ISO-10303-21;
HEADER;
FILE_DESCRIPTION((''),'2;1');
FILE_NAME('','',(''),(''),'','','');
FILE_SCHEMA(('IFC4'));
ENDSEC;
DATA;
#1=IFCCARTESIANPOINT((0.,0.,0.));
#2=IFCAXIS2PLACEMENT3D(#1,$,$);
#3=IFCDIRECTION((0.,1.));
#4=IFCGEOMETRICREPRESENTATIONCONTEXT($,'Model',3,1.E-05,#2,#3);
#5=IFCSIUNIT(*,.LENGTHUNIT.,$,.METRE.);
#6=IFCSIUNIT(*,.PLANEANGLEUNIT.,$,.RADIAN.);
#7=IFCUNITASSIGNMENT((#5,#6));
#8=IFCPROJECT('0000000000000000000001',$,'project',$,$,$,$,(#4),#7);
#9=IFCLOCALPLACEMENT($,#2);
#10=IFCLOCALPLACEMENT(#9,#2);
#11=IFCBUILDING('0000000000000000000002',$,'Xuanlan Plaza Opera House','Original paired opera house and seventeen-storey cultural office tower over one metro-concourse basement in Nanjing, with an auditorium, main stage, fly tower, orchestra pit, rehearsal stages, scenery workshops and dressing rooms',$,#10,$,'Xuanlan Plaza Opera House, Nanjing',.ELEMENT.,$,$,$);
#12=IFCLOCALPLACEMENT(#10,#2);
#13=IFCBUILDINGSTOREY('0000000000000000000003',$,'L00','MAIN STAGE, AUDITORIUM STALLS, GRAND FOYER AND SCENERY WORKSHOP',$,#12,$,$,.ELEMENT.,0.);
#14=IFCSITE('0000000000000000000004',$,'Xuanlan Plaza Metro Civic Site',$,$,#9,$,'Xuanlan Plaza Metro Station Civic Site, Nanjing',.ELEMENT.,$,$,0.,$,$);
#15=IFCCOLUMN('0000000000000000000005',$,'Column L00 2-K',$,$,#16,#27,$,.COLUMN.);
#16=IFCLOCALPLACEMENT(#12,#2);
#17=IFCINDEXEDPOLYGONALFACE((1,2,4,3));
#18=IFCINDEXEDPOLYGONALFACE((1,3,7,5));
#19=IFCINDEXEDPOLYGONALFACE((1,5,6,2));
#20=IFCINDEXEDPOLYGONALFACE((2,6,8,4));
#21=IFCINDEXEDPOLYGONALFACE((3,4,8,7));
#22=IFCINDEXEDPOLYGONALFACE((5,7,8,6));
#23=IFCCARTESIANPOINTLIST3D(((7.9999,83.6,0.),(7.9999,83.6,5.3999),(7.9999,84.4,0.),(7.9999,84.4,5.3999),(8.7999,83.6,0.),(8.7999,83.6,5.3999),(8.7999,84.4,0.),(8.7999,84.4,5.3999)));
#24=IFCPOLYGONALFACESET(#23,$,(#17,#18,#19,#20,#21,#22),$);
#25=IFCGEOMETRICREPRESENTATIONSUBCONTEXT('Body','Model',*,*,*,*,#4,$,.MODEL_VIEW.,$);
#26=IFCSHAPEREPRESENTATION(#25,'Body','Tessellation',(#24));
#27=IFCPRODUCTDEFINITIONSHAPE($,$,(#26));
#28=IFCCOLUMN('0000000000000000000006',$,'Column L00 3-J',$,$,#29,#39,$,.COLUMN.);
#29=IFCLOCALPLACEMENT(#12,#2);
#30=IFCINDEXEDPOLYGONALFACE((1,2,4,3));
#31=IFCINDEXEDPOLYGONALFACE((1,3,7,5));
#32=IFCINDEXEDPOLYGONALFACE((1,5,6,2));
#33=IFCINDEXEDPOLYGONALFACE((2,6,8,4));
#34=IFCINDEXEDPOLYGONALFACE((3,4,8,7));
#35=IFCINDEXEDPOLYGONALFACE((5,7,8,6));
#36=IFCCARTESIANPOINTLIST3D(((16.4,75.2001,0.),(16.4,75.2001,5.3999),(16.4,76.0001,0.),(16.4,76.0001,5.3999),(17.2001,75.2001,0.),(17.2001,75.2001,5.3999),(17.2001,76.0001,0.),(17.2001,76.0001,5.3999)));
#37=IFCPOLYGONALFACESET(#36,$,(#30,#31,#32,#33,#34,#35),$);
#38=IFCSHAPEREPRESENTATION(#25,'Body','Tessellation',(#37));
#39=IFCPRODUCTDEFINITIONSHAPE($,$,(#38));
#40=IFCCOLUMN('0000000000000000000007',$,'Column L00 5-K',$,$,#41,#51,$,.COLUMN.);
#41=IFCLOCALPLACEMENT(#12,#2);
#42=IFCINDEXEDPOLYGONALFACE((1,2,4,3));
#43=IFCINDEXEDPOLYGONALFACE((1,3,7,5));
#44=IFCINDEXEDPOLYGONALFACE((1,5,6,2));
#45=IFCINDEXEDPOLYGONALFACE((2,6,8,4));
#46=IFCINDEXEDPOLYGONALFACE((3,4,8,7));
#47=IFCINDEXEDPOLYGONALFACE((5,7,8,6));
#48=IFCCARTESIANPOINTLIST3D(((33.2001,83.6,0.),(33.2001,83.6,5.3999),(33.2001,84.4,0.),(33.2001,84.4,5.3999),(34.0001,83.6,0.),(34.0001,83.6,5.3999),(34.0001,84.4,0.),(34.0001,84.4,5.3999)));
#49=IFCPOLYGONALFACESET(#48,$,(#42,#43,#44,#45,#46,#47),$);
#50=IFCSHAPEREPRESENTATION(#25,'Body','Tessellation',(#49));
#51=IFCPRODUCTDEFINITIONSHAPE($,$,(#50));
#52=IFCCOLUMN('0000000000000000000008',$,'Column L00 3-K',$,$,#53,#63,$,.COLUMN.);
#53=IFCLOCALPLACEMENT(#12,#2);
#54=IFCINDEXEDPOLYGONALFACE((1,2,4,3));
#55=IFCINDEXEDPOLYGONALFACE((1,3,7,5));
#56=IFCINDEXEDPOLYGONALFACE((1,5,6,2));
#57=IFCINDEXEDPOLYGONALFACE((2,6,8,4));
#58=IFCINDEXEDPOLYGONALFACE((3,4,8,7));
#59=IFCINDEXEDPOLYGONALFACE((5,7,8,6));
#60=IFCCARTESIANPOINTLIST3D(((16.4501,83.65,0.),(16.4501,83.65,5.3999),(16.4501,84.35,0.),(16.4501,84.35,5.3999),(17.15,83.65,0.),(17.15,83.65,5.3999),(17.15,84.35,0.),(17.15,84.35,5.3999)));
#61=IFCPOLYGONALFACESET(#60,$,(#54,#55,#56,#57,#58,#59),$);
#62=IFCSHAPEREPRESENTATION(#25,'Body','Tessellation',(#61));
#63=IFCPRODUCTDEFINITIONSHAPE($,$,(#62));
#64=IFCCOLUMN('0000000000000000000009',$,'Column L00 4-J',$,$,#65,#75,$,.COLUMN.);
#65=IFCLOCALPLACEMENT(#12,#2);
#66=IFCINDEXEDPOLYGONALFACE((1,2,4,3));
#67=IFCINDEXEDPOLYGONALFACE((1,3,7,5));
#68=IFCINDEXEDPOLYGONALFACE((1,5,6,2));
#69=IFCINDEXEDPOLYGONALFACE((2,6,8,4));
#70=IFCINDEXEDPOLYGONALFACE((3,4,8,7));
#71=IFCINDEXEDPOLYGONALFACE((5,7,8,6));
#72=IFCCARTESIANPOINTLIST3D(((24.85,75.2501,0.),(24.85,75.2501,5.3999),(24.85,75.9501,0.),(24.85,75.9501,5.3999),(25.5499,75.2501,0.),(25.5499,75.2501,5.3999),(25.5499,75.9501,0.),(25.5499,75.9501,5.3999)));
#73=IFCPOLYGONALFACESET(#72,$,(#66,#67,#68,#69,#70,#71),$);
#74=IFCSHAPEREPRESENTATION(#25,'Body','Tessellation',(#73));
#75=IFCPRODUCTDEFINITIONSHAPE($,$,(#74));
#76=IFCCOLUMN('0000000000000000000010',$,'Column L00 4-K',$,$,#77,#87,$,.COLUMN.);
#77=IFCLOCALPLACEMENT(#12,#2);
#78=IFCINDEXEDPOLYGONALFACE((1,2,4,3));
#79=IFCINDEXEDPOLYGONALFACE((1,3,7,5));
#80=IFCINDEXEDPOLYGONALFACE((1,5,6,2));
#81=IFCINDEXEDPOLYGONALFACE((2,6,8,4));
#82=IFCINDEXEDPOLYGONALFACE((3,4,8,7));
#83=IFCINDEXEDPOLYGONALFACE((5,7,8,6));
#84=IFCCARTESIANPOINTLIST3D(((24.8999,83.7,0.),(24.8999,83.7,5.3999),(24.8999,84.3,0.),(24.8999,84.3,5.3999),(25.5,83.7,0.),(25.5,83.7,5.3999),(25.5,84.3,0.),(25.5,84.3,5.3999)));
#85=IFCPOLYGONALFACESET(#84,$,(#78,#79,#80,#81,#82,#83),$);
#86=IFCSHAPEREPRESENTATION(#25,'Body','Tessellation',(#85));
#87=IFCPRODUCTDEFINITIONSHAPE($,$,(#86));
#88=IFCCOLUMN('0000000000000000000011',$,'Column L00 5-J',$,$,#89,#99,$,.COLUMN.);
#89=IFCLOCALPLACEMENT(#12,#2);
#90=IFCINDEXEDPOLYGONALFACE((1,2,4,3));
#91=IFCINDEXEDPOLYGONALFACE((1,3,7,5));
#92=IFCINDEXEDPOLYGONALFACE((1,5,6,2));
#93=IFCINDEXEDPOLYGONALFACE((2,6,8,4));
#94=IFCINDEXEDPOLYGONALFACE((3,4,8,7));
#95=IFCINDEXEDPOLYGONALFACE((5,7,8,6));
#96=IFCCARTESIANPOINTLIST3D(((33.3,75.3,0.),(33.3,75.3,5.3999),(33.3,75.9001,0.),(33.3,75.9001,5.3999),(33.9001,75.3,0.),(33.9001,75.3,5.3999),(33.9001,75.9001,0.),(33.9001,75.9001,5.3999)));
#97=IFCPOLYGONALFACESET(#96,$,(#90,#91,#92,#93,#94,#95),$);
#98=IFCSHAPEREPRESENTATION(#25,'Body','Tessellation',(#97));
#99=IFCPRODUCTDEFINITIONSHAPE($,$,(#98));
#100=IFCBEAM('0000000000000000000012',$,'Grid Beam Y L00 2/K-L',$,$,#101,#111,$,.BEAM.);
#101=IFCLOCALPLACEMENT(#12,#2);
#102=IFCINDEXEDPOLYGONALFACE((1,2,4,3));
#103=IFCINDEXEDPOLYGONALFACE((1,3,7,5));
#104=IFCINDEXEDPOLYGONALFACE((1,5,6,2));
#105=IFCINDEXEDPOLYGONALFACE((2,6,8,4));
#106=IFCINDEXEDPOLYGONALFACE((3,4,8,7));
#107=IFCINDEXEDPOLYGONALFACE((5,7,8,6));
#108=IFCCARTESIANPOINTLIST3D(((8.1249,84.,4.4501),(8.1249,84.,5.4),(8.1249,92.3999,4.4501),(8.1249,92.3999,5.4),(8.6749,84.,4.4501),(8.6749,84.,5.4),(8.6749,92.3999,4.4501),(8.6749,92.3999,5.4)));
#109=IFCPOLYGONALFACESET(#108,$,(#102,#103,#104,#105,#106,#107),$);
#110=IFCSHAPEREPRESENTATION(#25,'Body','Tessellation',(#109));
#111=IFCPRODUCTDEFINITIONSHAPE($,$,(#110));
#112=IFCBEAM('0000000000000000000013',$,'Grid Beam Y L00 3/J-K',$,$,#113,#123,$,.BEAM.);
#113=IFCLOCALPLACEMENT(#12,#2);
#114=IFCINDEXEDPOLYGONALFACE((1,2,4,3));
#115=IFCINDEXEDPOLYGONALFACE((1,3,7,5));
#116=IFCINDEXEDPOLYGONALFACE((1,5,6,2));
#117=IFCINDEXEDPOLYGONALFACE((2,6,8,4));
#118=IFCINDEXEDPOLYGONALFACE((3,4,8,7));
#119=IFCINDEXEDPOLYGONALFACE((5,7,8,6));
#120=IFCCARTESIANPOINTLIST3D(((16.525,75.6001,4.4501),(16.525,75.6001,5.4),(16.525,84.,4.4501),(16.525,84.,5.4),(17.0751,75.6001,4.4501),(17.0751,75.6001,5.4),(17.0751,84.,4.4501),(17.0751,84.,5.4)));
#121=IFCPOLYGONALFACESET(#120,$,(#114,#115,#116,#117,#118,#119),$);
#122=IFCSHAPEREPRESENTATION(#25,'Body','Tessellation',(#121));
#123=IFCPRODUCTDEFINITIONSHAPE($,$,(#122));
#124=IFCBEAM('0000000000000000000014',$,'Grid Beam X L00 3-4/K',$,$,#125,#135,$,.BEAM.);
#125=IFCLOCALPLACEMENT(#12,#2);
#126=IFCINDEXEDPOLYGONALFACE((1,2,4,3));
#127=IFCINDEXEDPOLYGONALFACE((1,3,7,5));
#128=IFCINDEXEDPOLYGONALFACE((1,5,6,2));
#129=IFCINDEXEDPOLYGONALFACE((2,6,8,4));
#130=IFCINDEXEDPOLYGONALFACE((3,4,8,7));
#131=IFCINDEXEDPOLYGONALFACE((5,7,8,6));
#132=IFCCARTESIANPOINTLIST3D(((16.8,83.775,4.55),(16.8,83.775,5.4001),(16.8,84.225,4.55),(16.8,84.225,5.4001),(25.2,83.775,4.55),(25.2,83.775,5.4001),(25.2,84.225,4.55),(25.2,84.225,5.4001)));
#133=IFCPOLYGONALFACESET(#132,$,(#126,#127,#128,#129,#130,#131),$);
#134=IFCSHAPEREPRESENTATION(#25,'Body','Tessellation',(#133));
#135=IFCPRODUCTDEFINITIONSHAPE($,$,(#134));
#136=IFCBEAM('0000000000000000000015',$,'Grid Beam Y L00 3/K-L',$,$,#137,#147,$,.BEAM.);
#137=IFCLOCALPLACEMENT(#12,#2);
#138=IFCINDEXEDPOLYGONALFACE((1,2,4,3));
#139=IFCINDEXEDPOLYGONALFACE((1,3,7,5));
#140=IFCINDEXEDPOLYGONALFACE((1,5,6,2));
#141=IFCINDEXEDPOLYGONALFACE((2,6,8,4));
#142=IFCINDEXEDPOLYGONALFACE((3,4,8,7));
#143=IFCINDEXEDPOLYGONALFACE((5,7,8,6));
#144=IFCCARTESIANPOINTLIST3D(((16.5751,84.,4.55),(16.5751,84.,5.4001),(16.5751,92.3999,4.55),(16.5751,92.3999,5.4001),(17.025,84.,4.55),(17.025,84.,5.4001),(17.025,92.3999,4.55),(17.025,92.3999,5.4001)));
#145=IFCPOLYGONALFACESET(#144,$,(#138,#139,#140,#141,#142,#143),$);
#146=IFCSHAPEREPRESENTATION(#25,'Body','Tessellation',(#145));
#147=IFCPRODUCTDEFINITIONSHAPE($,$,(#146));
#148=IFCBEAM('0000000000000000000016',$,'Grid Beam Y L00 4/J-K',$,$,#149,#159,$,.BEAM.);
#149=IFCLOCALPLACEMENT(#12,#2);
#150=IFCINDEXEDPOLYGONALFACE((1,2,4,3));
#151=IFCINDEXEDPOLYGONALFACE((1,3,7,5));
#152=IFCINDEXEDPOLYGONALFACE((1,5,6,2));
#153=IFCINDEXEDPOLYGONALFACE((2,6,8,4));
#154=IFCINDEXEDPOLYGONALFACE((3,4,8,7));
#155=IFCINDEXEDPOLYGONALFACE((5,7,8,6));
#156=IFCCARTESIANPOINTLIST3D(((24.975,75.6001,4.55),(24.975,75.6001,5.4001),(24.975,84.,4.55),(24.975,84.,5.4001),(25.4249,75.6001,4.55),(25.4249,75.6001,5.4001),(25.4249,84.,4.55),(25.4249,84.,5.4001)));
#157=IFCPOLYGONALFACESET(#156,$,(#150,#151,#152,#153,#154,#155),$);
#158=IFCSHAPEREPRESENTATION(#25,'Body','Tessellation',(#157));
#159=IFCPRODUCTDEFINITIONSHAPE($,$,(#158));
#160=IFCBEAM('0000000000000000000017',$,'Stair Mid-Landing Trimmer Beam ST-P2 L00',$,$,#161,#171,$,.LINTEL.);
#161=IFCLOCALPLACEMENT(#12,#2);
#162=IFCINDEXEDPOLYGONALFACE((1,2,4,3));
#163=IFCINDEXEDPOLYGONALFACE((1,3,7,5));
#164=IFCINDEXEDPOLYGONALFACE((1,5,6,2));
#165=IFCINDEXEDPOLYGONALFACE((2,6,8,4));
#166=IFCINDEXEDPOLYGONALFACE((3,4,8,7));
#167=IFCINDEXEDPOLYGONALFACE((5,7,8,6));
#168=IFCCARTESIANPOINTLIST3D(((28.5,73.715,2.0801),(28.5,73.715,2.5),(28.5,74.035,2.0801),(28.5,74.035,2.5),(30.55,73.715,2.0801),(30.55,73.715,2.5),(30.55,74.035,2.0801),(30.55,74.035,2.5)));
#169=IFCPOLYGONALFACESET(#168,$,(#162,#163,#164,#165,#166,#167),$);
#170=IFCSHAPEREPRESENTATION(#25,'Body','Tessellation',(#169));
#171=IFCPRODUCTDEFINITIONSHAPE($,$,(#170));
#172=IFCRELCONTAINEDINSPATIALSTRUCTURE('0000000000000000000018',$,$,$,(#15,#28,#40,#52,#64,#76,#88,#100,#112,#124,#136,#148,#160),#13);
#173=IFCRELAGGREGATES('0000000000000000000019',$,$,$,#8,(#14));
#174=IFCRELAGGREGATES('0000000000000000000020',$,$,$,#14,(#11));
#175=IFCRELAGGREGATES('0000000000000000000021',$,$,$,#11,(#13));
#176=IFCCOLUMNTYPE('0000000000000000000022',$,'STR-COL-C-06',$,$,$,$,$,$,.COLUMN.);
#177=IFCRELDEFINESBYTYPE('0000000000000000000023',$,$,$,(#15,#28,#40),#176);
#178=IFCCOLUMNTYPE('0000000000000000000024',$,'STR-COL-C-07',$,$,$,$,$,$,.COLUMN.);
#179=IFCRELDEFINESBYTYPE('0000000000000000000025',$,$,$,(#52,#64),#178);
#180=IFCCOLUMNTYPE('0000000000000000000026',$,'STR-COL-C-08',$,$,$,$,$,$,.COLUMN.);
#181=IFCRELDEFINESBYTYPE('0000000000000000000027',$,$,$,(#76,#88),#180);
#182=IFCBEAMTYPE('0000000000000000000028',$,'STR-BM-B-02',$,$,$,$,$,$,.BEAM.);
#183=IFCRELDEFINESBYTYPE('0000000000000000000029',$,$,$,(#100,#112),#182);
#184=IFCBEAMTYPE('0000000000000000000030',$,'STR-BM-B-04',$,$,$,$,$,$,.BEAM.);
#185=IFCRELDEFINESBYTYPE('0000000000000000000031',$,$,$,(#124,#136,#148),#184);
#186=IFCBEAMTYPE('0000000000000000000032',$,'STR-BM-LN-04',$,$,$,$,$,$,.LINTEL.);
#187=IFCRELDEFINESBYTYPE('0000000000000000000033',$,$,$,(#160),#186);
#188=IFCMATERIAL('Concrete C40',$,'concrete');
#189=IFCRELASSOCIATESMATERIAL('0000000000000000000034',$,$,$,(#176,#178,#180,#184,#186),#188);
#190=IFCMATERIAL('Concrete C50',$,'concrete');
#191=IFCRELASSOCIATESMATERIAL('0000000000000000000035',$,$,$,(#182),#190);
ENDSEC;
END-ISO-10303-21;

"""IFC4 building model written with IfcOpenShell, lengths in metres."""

from ifc_helpers import new_model, si_unit, direction, frame, origin, origin_2d, place, context, subcontext, project, spatial, rectangle, extrude, material, material_profile, profile_set, type_object, element, save


model = new_model("IFC4")

# Units and contexts
model_context = context("Model", 3, precision=1e-05, world=origin(), true_north=direction((0.0, 1.0)))
body_context = subcontext(model_context, "Body", "Model", "MODEL_VIEW")
ifc_project = project(units=[si_unit("LENGTHUNIT", "METRE"), si_unit("PLANEANGLEUNIT", "RADIAN")], contexts=[model_context])

# Site, building, storey
site_placement = place(None, origin())
site = spatial("IfcSite", under=ifc_project, at=site_placement, Name="Xuanlan Plaza Metro Civic Site", LongName="Xuanlan Plaza Metro Station Civic Site, Nanjing", CompositionType="ELEMENT", RefElevation=0.0)
building_placement = place(site_placement, origin())
building = spatial("IfcBuilding", under=site, at=building_placement, Name="Xuanlan Plaza Opera House", Description="Original paired opera house and seventeen-storey cultural office tower over one metro-concourse basement in Nanjing, with an auditorium, main stage, fly tower, orchestra pit, rehearsal stages, scenery workshops and dressing rooms", LongName="Xuanlan Plaza Opera House, Nanjing", CompositionType="ELEMENT")
storey_placement = place(building_placement, origin())
storey = spatial("IfcBuildingStorey", under=building, at=storey_placement, Name="L00", Description="MAIN STAGE, AUDITORIUM STALLS, GRAND FOYER AND SCENERY WORKSHOP", CompositionType="ELEMENT", Elevation=0.0)

# Columns
ifc_material_1 = material(Name="Concrete C40", Category="concrete")
ifc_material_profile_1 = material_profile(ifc_material_1, rectangle(XDim=0.8, YDim=0.8, at=origin_2d()), Name="RC-COL 800x800")
ifc_profile_set_1 = profile_set([ifc_material_profile_1], Name="Concrete C40")
column_type_1 = type_object("IfcColumnType", Name="STR-COL-C-06", PredefinedType="COLUMN", material=ifc_profile_set_1)
for number, where, z_axis, x_axis, name in (
    (1, (8.3999, 84.0, 0.0), (0.0, 0.0, 1.0), (1.0, 0.0, 0.0), "Column L00 2-K"),
    (2, (16.8, 75.6001, 0.0), (0.0, 0.0, 1.0), (1.0, 0.0, 0.0), "Column L00 3-J"),
    (3, (33.6001, 84.0, 0.0), (0.0, 0.0, 1.0), (1.0, 0.0, 0.0), "Column L00 5-K"),
):
    element("IfcColumn", number, at=place(storey_placement, frame(where, z_axis=z_axis, x_axis=x_axis)), inside=storey, type_object=column_type_1, Name=name, PredefinedType="COLUMN", context=body_context, shape_type="SweptSolid", body=[
        extrude(rectangle(XDim=0.8, YDim=0.8, at=origin_2d()), origin(), (0.0, 0.0, 1.0), 5.3999),
    ])
ifc_material_profile_2 = material_profile(ifc_material_1, rectangle(XDim=0.7, YDim=0.7, at=origin_2d()), Name="RC-COL 700x700")
ifc_profile_set_2 = profile_set([ifc_material_profile_2], Name="Concrete C40")
column_type_2 = type_object("IfcColumnType", Name="STR-COL-C-07", PredefinedType="COLUMN", material=ifc_profile_set_2)
for number, where, z_axis, x_axis, name in (
    (4, (16.8, 84.0, 0.0), (0.0, 0.0, 1.0), (1.0, 0.0, 0.0), "Column L00 3-K"),
    (5, (25.2, 75.6001, 0.0), (0.0, 0.0, 1.0), (1.0, 0.0, 0.0), "Column L00 4-J"),
):
    element("IfcColumn", number, at=place(storey_placement, frame(where, z_axis=z_axis, x_axis=x_axis)), inside=storey, type_object=column_type_2, Name=name, PredefinedType="COLUMN", context=body_context, shape_type="SweptSolid", body=[
        extrude(rectangle(XDim=0.7, YDim=0.7, at=origin_2d()), origin(), (0.0, 0.0, 1.0), 5.3999),
    ])
ifc_material_profile_3 = material_profile(ifc_material_1, rectangle(XDim=0.6001, YDim=0.6001, at=origin_2d()), Name="RC-COL 600x600")
ifc_profile_set_3 = profile_set([ifc_material_profile_3], Name="Concrete C40")
column_type_3 = type_object("IfcColumnType", Name="STR-COL-C-08", PredefinedType="COLUMN", material=ifc_profile_set_3)
for number, where, z_axis, x_axis, name in (
    (6, (25.2, 84.0, 0.0), (0.0, 0.0, 1.0), (1.0, 0.0, 0.0), "Column L00 4-K"),
    (7, (33.6001, 75.6001, 0.0), (0.0, 0.0, 1.0), (1.0, 0.0, 0.0), "Column L00 5-J"),
):
    element("IfcColumn", number, at=place(storey_placement, frame(where, z_axis=z_axis, x_axis=x_axis)), inside=storey, type_object=column_type_3, Name=name, PredefinedType="COLUMN", context=body_context, shape_type="SweptSolid", body=[
        extrude(rectangle(XDim=0.6001, YDim=0.6001, at=origin_2d()), origin(), (0.0, 0.0, 1.0), 5.3999),
    ])

# Beams
ifc_material_2 = material(Name="Concrete C50", Category="concrete")
ifc_material_profile_4 = material_profile(ifc_material_2, rectangle(XDim=0.55, YDim=0.95, at=origin_2d()), Name="RC-BM 550x950")
ifc_profile_set_4 = profile_set([ifc_material_profile_4], Name="Concrete C50")
beam_type_1 = type_object("IfcBeamType", Name="STR-BM-B-02", PredefinedType="BEAM", material=ifc_profile_set_4)
for number, where, z_axis, x_axis, name in (
    (8, (8.3999, 84.0, 4.925), (0.0, 1.0, 0.0), (-1.0, 0.0, 0.0), "Grid Beam Y L00 2/K-L"),
    (9, (16.8, 75.6001, 4.925), (0.0, 1.0, 0.0), (-1.0, 0.0, 0.0), "Grid Beam Y L00 3/J-K"),
):
    element("IfcBeam", number, at=place(storey_placement, frame(where, z_axis=z_axis, x_axis=x_axis)), inside=storey, type_object=beam_type_1, Name=name, PredefinedType="BEAM", context=body_context, shape_type="SweptSolid", body=[
        extrude(rectangle(XDim=0.55, YDim=0.95, at=origin_2d()), origin(), (0.0, 0.0, 1.0), 8.3999),
    ])
ifc_material_profile_5 = material_profile(ifc_material_1, rectangle(XDim=0.45, YDim=0.8501, at=origin_2d()), Name="RC-BM 450x850")
ifc_profile_set_5 = profile_set([ifc_material_profile_5], Name="Concrete C40")
beam_type_2 = type_object("IfcBeamType", Name="STR-BM-B-04", PredefinedType="BEAM", material=ifc_profile_set_5)
for number, where, z_axis, x_axis, name in (
    (10, (16.8, 84.0, 4.9751), (1.0, 0.0, 0.0), (0.0, 1.0, 0.0), "Grid Beam X L00 3-4/K"),
    (11, (16.8, 84.0, 4.9751), (0.0, 1.0, 0.0), (-1.0, 0.0, 0.0), "Grid Beam Y L00 3/K-L"),
    (12, (25.2, 75.6001, 4.9751), (0.0, 1.0, 0.0), (-1.0, 0.0, 0.0), "Grid Beam Y L00 4/J-K"),
):
    element("IfcBeam", number, at=place(storey_placement, frame(where, z_axis=z_axis, x_axis=x_axis)), inside=storey, type_object=beam_type_2, Name=name, PredefinedType="BEAM", context=body_context, shape_type="SweptSolid", body=[
        extrude(rectangle(XDim=0.45, YDim=0.8501, at=origin_2d()), origin(), (0.0, 0.0, 1.0), 8.3999),
    ])
ifc_material_profile_6 = material_profile(ifc_material_1, rectangle(XDim=0.3201, YDim=0.4199, at=origin_2d()), Name="RC-LNT 320x420")
ifc_profile_set_6 = profile_set([ifc_material_profile_6], Name="Concrete C40")
beam_type_3 = type_object("IfcBeamType", Name="STR-BM-LN-04", PredefinedType="LINTEL", material=ifc_profile_set_6)
beam_1_placement = place(storey_placement, frame((28.5, 73.875, 2.29), z_axis=(1.0, 0.0, 0.0), x_axis=(0.0, 1.0, 0.0)))
element("IfcBeam", 13, at=beam_1_placement, inside=storey, type_object=beam_type_3, Name="Stair Mid-Landing Trimmer Beam ST-P2 L00", PredefinedType="LINTEL", context=body_context, shape_type="SweptSolid", body=[
    extrude(rectangle(XDim=0.3201, YDim=0.4199, at=origin_2d()), origin(), (0.0, 0.0, 1.0), 2.05),
])

save(model, "model.ifc")
